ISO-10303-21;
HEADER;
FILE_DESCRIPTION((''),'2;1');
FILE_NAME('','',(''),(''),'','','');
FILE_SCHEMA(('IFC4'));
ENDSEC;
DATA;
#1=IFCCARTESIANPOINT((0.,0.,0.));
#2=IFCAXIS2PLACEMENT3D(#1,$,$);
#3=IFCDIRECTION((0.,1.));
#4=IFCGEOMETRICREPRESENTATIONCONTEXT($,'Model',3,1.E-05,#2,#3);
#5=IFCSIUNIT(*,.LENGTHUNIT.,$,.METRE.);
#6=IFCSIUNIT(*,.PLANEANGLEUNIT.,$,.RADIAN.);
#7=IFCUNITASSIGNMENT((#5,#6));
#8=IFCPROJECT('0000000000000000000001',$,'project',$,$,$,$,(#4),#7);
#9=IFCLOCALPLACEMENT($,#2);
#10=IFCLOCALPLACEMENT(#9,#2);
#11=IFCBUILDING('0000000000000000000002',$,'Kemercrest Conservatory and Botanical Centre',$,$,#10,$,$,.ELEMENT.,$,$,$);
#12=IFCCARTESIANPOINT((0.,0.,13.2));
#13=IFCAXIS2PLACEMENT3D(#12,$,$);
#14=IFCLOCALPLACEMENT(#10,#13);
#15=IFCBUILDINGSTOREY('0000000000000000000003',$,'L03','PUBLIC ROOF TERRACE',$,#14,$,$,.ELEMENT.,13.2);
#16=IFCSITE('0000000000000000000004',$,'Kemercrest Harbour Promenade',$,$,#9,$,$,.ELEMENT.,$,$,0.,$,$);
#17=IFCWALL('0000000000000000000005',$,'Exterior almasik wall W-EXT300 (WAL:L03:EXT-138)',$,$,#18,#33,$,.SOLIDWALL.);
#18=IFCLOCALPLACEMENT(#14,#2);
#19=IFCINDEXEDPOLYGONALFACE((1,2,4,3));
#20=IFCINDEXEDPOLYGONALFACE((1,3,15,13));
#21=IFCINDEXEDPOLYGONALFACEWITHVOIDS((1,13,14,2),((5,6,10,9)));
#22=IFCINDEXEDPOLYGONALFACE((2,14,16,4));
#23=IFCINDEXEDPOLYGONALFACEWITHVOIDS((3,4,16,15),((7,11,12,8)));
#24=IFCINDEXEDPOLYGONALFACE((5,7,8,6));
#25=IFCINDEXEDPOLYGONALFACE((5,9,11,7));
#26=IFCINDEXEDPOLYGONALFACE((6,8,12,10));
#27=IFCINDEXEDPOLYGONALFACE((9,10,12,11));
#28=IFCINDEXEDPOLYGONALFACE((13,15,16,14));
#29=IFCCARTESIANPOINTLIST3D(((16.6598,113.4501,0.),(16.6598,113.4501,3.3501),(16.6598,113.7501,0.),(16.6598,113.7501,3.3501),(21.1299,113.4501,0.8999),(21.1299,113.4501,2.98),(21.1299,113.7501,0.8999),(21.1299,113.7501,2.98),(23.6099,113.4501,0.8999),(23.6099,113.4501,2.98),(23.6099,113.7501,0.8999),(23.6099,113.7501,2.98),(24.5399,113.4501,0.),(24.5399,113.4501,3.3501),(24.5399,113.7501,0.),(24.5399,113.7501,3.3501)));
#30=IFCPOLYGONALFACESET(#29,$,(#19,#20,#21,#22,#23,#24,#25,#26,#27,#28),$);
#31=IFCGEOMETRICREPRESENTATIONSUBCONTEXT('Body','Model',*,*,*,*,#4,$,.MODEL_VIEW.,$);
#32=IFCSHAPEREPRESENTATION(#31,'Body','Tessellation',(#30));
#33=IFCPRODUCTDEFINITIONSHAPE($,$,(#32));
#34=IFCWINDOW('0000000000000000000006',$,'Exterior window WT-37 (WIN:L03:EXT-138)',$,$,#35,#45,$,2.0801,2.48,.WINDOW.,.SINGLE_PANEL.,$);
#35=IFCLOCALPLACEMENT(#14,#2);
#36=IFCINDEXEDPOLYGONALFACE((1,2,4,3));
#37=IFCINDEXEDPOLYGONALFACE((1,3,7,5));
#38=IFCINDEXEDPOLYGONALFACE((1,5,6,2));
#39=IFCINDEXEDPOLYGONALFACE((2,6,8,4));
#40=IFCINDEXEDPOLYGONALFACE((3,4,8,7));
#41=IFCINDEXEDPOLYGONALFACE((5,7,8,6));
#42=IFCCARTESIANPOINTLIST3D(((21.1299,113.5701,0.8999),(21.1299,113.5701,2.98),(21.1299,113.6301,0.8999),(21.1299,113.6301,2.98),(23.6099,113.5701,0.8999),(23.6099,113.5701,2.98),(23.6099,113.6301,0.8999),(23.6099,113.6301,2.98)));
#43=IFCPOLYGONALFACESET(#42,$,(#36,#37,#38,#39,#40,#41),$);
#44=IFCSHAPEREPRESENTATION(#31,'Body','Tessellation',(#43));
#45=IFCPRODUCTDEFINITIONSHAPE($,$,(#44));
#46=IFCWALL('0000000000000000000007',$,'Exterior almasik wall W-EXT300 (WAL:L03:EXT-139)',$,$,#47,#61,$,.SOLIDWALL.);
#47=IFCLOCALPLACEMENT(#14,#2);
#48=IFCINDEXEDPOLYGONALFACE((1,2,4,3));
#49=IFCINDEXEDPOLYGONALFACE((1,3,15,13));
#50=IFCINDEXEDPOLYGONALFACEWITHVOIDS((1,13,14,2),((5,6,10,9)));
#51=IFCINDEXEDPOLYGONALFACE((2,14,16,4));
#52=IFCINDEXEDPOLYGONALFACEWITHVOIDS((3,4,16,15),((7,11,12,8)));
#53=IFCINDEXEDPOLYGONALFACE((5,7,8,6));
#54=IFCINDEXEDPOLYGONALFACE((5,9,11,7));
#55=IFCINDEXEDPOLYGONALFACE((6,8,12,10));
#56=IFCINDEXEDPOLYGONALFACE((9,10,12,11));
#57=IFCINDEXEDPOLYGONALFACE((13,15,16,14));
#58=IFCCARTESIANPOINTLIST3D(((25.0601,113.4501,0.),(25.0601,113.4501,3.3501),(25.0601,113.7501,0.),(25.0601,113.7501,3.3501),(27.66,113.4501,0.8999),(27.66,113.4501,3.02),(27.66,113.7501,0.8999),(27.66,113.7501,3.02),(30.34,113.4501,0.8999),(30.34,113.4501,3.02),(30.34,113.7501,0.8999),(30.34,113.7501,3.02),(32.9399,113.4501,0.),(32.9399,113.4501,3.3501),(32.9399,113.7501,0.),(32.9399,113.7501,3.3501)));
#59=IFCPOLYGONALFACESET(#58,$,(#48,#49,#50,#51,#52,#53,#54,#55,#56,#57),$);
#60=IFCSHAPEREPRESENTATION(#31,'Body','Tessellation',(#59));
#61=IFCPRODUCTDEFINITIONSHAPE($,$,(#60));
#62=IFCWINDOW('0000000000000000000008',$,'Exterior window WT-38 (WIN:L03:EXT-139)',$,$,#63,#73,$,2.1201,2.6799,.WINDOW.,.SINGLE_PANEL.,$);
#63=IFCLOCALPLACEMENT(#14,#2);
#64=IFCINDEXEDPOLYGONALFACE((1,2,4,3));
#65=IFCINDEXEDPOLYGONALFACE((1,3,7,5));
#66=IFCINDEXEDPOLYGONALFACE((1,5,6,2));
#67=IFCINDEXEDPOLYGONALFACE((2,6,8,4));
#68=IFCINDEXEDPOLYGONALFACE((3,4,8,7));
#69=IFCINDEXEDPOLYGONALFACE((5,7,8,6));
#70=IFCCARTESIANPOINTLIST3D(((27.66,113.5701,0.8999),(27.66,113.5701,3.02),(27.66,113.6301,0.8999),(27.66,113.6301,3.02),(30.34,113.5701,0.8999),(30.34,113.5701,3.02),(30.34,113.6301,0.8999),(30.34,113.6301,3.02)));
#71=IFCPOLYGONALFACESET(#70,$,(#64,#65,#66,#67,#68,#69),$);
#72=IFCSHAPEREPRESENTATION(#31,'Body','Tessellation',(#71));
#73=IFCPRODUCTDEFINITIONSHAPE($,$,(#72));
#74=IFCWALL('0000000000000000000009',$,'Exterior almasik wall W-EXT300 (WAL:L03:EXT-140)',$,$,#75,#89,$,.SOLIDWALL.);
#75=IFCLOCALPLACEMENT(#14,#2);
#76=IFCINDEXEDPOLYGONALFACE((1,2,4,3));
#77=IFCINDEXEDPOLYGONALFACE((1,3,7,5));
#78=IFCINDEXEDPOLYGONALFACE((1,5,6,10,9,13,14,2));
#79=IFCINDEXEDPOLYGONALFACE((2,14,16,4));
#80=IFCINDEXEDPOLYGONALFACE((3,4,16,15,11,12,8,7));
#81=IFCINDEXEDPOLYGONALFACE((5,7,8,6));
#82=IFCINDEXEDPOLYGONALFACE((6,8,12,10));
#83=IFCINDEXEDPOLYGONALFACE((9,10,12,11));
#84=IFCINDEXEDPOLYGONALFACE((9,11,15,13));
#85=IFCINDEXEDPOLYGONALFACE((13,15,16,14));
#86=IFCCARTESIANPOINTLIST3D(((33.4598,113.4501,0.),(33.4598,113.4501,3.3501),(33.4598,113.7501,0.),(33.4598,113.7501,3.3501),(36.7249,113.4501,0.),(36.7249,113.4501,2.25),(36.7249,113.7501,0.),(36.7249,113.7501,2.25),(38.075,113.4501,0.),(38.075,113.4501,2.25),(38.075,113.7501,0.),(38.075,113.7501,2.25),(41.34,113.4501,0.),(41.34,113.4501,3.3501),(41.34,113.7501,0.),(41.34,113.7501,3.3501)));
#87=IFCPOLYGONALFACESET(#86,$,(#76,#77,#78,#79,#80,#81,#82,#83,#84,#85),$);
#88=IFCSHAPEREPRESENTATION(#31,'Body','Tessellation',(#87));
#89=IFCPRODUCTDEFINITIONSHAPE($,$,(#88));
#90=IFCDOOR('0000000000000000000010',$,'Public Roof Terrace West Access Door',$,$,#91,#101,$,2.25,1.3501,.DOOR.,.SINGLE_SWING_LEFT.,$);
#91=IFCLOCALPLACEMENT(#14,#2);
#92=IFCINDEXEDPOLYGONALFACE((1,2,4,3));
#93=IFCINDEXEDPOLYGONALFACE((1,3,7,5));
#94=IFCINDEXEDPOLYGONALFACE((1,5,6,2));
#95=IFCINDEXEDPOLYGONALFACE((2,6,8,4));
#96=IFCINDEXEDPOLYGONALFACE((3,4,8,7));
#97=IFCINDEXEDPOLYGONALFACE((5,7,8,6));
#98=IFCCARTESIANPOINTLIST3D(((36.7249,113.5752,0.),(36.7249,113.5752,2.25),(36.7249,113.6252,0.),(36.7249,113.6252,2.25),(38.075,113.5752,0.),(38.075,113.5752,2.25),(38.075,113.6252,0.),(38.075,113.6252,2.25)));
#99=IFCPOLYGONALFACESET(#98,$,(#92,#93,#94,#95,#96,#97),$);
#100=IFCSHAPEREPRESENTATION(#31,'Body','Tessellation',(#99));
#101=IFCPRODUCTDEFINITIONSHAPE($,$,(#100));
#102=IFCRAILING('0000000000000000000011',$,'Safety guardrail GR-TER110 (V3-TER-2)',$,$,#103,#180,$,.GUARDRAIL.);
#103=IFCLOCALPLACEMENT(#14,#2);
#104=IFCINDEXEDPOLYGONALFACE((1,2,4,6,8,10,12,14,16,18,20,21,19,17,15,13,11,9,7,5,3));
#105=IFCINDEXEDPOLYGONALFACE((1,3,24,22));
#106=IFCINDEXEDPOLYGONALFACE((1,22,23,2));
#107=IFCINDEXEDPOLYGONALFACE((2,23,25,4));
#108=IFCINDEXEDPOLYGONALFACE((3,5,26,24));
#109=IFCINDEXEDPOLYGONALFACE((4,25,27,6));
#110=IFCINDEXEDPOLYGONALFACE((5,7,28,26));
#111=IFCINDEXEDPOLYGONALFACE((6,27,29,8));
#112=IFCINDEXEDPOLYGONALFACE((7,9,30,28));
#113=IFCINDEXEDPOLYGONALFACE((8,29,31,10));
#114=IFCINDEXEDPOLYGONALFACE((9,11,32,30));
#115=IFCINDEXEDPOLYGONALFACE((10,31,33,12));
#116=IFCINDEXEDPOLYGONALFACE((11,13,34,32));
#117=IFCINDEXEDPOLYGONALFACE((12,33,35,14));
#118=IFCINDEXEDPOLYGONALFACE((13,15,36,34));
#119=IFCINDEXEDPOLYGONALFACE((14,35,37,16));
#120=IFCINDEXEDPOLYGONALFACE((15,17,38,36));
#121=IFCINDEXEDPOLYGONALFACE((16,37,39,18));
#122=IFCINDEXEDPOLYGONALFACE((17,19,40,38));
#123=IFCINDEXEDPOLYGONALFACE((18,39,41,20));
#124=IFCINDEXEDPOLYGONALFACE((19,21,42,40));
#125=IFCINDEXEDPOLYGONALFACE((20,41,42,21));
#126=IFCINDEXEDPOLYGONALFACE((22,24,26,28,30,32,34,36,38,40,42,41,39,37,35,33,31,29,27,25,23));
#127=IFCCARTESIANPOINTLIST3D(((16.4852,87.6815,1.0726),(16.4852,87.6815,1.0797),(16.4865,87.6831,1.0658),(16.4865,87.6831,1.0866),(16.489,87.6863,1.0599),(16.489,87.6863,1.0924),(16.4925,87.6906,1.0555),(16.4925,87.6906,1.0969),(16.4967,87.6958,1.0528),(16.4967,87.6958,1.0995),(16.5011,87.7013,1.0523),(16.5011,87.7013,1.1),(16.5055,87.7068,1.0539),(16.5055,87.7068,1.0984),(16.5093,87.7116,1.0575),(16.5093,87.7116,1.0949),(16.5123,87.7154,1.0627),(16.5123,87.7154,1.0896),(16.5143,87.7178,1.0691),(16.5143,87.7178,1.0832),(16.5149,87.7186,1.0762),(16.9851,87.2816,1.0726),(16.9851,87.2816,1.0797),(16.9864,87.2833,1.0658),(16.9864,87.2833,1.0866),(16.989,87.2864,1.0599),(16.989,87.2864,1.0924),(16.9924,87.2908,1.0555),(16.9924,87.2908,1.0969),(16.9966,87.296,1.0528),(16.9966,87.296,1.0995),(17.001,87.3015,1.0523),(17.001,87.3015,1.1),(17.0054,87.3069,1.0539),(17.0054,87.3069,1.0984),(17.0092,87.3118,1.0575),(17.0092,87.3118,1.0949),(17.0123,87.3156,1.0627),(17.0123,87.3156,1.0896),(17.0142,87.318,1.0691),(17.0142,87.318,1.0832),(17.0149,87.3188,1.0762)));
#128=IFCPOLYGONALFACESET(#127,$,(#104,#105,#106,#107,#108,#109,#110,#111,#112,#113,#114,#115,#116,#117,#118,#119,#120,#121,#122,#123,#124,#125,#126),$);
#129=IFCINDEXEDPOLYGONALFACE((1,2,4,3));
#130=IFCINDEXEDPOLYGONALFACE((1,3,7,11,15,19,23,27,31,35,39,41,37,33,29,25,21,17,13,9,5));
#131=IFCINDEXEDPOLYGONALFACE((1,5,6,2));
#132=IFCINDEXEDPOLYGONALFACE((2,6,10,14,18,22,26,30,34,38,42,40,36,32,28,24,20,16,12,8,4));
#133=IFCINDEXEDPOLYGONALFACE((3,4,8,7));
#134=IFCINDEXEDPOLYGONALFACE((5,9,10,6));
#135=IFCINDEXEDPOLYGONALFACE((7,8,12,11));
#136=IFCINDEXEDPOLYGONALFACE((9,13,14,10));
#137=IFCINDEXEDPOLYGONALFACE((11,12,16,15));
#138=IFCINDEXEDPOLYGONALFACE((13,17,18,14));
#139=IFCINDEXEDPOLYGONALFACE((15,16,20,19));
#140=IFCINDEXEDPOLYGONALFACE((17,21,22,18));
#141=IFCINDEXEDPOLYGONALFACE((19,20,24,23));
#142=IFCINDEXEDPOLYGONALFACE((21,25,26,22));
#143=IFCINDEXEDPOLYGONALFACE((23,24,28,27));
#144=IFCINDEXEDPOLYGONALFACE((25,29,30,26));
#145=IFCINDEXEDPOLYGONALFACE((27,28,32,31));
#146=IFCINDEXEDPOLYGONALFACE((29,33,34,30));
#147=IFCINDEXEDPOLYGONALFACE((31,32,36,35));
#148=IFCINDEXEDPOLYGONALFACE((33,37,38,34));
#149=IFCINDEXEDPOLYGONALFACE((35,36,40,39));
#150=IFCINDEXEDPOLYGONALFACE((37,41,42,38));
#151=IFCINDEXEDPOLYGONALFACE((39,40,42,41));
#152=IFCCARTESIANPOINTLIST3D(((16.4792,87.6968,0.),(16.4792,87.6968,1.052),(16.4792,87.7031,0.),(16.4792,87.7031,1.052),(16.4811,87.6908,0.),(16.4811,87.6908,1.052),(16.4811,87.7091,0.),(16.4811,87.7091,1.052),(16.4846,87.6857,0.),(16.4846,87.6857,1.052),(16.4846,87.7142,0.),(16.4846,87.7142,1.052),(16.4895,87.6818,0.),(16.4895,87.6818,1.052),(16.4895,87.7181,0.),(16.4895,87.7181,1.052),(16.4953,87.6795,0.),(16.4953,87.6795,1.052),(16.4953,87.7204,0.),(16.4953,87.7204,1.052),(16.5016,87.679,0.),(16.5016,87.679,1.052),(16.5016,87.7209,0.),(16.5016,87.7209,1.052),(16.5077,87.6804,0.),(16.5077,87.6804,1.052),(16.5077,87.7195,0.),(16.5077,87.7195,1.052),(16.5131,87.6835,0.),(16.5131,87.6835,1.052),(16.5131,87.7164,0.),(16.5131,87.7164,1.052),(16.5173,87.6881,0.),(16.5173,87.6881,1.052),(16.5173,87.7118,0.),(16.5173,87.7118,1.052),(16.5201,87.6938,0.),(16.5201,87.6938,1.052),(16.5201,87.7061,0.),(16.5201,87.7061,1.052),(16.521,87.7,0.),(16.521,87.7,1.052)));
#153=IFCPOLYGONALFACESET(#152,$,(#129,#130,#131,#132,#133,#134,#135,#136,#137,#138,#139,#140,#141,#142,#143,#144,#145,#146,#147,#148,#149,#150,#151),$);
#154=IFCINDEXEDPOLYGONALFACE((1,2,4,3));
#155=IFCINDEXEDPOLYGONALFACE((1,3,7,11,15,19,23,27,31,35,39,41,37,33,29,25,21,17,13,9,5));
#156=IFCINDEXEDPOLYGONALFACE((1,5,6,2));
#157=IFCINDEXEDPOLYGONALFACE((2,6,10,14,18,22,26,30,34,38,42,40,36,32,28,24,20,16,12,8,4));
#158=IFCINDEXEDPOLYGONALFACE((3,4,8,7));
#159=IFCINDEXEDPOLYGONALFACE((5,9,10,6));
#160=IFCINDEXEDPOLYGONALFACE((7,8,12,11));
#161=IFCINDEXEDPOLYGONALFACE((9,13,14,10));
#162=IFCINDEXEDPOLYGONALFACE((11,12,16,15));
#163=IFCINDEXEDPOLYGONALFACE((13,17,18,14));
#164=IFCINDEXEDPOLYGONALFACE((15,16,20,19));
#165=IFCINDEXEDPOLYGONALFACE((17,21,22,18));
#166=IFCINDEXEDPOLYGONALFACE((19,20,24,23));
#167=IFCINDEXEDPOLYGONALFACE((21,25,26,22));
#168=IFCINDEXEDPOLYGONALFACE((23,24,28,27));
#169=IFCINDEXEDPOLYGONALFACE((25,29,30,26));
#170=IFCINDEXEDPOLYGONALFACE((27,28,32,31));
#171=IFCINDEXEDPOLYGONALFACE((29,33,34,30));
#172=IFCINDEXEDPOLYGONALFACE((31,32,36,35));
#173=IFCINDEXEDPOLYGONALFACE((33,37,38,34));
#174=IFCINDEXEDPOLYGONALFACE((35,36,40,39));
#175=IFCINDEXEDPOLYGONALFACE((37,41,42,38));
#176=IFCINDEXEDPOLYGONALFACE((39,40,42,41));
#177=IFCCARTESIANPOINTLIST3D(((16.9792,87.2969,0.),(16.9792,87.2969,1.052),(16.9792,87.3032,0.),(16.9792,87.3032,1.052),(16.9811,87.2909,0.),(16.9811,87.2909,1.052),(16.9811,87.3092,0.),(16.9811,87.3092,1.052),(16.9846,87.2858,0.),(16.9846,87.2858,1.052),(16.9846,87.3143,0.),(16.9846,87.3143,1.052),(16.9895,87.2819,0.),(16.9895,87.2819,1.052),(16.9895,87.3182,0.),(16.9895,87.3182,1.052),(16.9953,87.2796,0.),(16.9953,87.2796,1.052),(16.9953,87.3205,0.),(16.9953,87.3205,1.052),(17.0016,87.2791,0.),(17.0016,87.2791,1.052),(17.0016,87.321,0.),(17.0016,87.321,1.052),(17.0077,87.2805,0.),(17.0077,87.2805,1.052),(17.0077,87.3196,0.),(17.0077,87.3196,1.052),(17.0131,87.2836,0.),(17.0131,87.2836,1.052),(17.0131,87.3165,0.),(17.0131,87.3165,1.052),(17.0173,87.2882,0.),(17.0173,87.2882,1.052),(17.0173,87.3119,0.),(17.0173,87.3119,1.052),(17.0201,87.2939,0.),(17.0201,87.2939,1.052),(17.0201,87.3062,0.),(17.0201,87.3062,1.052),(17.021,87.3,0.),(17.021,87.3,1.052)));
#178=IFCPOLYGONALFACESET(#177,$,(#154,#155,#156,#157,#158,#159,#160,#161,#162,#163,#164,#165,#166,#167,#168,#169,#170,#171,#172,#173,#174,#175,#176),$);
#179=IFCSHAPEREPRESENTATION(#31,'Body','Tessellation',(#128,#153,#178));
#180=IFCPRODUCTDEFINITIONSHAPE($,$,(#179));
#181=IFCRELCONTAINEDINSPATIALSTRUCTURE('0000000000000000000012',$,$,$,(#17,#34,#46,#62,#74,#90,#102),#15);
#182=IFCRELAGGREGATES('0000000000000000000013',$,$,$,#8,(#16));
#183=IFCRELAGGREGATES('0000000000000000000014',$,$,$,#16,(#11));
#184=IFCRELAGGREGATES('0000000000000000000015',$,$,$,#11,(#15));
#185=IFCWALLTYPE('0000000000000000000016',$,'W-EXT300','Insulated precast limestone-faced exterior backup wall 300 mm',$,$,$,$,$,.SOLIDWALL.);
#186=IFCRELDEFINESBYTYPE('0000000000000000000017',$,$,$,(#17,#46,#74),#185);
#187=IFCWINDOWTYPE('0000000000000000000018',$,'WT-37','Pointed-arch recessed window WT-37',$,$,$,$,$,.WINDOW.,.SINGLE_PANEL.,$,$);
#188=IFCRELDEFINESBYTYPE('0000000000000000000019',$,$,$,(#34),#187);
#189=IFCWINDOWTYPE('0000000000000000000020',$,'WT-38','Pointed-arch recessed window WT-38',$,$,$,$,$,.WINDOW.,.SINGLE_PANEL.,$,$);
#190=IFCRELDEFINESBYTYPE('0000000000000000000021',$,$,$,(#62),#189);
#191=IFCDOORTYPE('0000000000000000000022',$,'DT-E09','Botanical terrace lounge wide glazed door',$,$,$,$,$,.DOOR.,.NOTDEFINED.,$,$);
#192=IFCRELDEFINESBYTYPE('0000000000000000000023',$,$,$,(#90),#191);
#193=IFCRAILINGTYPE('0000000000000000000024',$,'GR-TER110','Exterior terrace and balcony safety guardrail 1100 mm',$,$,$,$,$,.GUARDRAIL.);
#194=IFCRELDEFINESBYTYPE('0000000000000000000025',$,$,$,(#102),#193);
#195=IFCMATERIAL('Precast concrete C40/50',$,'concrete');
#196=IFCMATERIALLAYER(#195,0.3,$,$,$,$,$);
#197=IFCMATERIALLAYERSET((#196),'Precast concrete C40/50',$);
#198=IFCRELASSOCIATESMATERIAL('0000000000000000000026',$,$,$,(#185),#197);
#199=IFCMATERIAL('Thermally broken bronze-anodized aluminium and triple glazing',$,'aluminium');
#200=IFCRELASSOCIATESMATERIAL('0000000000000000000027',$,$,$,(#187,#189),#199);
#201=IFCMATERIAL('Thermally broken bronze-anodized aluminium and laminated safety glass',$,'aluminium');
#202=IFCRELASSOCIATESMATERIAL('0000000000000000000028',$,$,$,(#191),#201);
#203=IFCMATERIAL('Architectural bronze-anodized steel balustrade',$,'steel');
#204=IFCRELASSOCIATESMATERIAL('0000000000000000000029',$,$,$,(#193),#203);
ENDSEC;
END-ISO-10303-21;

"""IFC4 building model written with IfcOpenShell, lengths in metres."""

from ifc_helpers import new_model, si_unit, direction, frame, frame_2d, origin, origin_2d, place, context, subcontext, project, spatial, rectangle, circle, extrude, material, layer, layer_set, type_object, element, fill, save


model = new_model("IFC4")

# Units and contexts
model_context = context("Model", 3, precision=1e-05, world=origin(), true_north=direction((0.0, 1.0)))
body_context = subcontext(model_context, "Body", "Model", "MODEL_VIEW")
ifc_project = project(units=[si_unit("LENGTHUNIT", "METRE"), si_unit("PLANEANGLEUNIT", "RADIAN")], contexts=[model_context])

# Site, building, storey
site_placement = place(None, origin())
site = spatial("IfcSite", under=ifc_project, at=site_placement, Name="Kemercrest Harbour Promenade", CompositionType="ELEMENT", RefElevation=0.0)
building_placement = place(site_placement, origin())
building = spatial("IfcBuilding", under=site, at=building_placement, Name="Kemercrest Conservatory and Botanical Centre", CompositionType="ELEMENT")
storey_placement = place(building_placement, frame((0.0, 0.0, 13.2)))
storey = spatial("IfcBuildingStorey", under=building, at=storey_placement, Name="L03", Description="PUBLIC ROOF TERRACE", CompositionType="ELEMENT", Elevation=13.2)

# Walls, openings, windows
ifc_material_1 = material(Name="Precast concrete C40/50", Category="concrete")
ifc_layer = layer(ifc_material_1, 0.3)
ifc_layer_set = layer_set([ifc_layer], Name="Precast concrete C40/50")
wall_type = type_object("IfcWallType", Name="W-EXT300", Description="Insulated precast limestone-faced exterior backup wall 300 mm", PredefinedType="SOLIDWALL", material=ifc_layer_set)
wall_1_placement = place(storey_placement, frame((16.6599, 113.6001, 0.0), z_axis=(0.0, 0.0, 1.0), x_axis=(1.0, 0.0, 0.0)))
wall_1 = element("IfcWall", 1, at=wall_1_placement, inside=storey, type_object=wall_type, Name="Exterior almasik wall W-EXT300 (WAL:L03:EXT-138)", PredefinedType="SOLIDWALL", context=body_context, shape_type="SweptSolid", body=[
    extrude(rectangle(XDim=7.8801, YDim=0.3, at=frame_2d((3.9399, 0.0))), origin(), (0.0, 0.0, 1.0), 3.3501),
])
opening_1_placement = place(wall_1_placement, frame((4.47, 0.0, 0.8999)))
opening_1 = element("IfcOpeningElement", 2, at=opening_1_placement, cuts=wall_1, PredefinedType="OPENING", context=body_context, shape_type="SweptSolid", body=[
    extrude(rectangle(XDim=2.48, YDim=2.0801, at=frame_2d((1.24, 1.04))), frame((0.0, 0.1602, 0.0), z_axis=(0.0, -1.0, 0.0), x_axis=(1.0, 0.0, 0.0)), (0.0, 0.0, 1.0), 0.3201),
])
ifc_material_2 = material(Name="Thermally broken bronze-anodized aluminium and triple glazing", Category="aluminium")
window_type_1 = type_object("IfcWindowType", Name="WT-37", Description="Pointed-arch recessed window WT-37", PartitioningType="SINGLE_PANEL", PredefinedType="WINDOW", material=ifc_material_2)
window_1_placement = place(opening_1_placement, origin())
window_1 = element("IfcWindow", 3, at=window_1_placement, inside=storey, type_object=window_type_1, Name="Exterior window WT-37 (WIN:L03:EXT-138)", OverallHeight=2.0801, OverallWidth=2.48, PartitioningType="SINGLE_PANEL", PredefinedType="WINDOW", context=body_context, shape_type="SweptSolid", body=[
    extrude(rectangle(XDim=2.48, YDim=2.0801, at=frame_2d((1.24, 1.04))), frame((0.0, 0.03, 0.0), z_axis=(0.0, -1.0, 0.0), x_axis=(1.0, 0.0, 0.0)), (0.0, 0.0, 1.0), 0.0601),
])
fill(opening_1, window_1)
wall_2_placement = place(storey_placement, frame((25.0601, 113.6001, 0.0), z_axis=(0.0, 0.0, 1.0), x_axis=(1.0, 0.0, 0.0)))
wall_2 = element("IfcWall", 4, at=wall_2_placement, inside=storey, type_object=wall_type, Name="Exterior almasik wall W-EXT300 (WAL:L03:EXT-139)", PredefinedType="SOLIDWALL", context=body_context, shape_type="SweptSolid", body=[
    extrude(rectangle(XDim=7.8799, YDim=0.3, at=frame_2d((3.9399, 0.0))), origin(), (0.0, 0.0, 1.0), 3.3501),
])
opening_2_placement = place(wall_2_placement, frame((2.6001, 0.0, 0.8999)))
opening_2 = element("IfcOpeningElement", 5, at=opening_2_placement, cuts=wall_2, PredefinedType="OPENING", context=body_context, shape_type="SweptSolid", body=[
    extrude(rectangle(XDim=2.6799, YDim=2.1201, at=frame_2d((1.3398, 1.0601))), frame((0.0, 0.1602, 0.0), z_axis=(0.0, -1.0, 0.0), x_axis=(1.0, 0.0, 0.0)), (0.0, 0.0, 1.0), 0.3201),
])
window_type_2 = type_object("IfcWindowType", Name="WT-38", Description="Pointed-arch recessed window WT-38", PartitioningType="SINGLE_PANEL", PredefinedType="WINDOW", material=ifc_material_2)
window_2_placement = place(opening_2_placement, origin())
window_2 = element("IfcWindow", 6, at=window_2_placement, inside=storey, type_object=window_type_2, Name="Exterior window WT-38 (WIN:L03:EXT-139)", OverallHeight=2.1201, OverallWidth=2.6799, PartitioningType="SINGLE_PANEL", PredefinedType="WINDOW", context=body_context, shape_type="SweptSolid", body=[
    extrude(rectangle(XDim=2.6799, YDim=2.1201, at=frame_2d((1.3398, 1.0601))), frame((0.0, 0.03, 0.0), z_axis=(0.0, -1.0, 0.0), x_axis=(1.0, 0.0, 0.0)), (0.0, 0.0, 1.0), 0.0601),
])
fill(opening_2, window_2)

# Wall, opening, door
wall_3_placement = place(storey_placement, frame((33.46, 113.6001, 0.0), z_axis=(0.0, 0.0, 1.0), x_axis=(1.0, 0.0, 0.0)))
wall_3 = element("IfcWall", 7, at=wall_3_placement, inside=storey, type_object=wall_type, Name="Exterior almasik wall W-EXT300 (WAL:L03:EXT-140)", PredefinedType="SOLIDWALL", context=body_context, shape_type="SweptSolid", body=[
    extrude(rectangle(XDim=7.8801, YDim=0.3, at=frame_2d((3.9399, 0.0))), origin(), (0.0, 0.0, 1.0), 3.3501),
])
opening_3_placement = place(wall_3_placement, frame((3.2649, 0.0, 0.0)))
opening_3 = element("IfcOpeningElement", 8, at=opening_3_placement, cuts=wall_3, PredefinedType="OPENING", context=body_context, shape_type="SweptSolid", body=[
    extrude(rectangle(XDim=1.3501, YDim=2.25, at=frame_2d((0.675, 1.125))), frame((0.0, 0.1602, 0.0), z_axis=(0.0, -1.0, 0.0), x_axis=(1.0, 0.0, 0.0)), (0.0, 0.0, 1.0), 0.3201),
])
ifc_material_3 = material(Name="Thermally broken bronze-anodized aluminium and laminated safety glass", Category="aluminium")
door_type = type_object("IfcDoorType", Name="DT-E09", Description="Botanical terrace lounge wide glazed door", OperationType="NOTDEFINED", PredefinedType="DOOR", material=ifc_material_3)
door_placement = place(opening_3_placement, frame((1.3501, 0.0, 0.0), z_axis=(0.0, 0.0, 1.0), x_axis=(-1.0, 0.0, 0.0)))
door = element("IfcDoor", 9, at=door_placement, inside=storey, type_object=door_type, Name="Public Roof Terrace West Access Door", OperationType="SINGLE_SWING_LEFT", OverallHeight=2.25, OverallWidth=1.3501, PredefinedType="DOOR", context=body_context, shape_type="SweptSolid", body=[
    extrude(rectangle(XDim=1.3501, YDim=2.25, at=frame_2d((0.675, 1.125))), frame((0.0, 0.0249, 0.0), z_axis=(0.0, -1.0, 0.0), x_axis=(1.0, 0.0, 0.0)), (0.0, 0.0, 1.0), 0.05),
])
fill(opening_3, door)

# Railing
ifc_material_4 = material(Name="Architectural bronze-anodized steel balustrade", Category="steel")
railing_type = type_object("IfcRailingType", Name="GR-TER110", Description="Exterior terrace and balcony safety guardrail 1100 mm", PredefinedType="GUARDRAIL", material=ifc_material_4)
railing_1_placement = place(storey_placement, frame((16.5, 87.7, 0.0)))
element("IfcRailing", 10, at=railing_1_placement, inside=storey, type_object=railing_type, Name="Safety guardrail GR-TER110 (V3-TER-2)", PredefinedType="GUARDRAIL", context=body_context, shape_type="SweptSolid", body=[
    extrude(circle(Radius=0.0239, at=origin_2d()), frame((0.0, 0.0, 1.0762), z_axis=(0.780943, -0.624602, 0.0), x_axis=(0.624602, 0.780943, 0.0)), (0.0, 0.0, 1.0), 0.6401),
    extrude(circle(Radius=0.021, at=origin_2d()), origin(), (0.0, 0.0, 1.0), 1.052),
    extrude(circle(Radius=0.021, at=origin_2d()), frame((0.5, -0.3999, 0.0)), (0.0, 0.0, 1.0), 1.052),
])

save(model, "model.ifc")
